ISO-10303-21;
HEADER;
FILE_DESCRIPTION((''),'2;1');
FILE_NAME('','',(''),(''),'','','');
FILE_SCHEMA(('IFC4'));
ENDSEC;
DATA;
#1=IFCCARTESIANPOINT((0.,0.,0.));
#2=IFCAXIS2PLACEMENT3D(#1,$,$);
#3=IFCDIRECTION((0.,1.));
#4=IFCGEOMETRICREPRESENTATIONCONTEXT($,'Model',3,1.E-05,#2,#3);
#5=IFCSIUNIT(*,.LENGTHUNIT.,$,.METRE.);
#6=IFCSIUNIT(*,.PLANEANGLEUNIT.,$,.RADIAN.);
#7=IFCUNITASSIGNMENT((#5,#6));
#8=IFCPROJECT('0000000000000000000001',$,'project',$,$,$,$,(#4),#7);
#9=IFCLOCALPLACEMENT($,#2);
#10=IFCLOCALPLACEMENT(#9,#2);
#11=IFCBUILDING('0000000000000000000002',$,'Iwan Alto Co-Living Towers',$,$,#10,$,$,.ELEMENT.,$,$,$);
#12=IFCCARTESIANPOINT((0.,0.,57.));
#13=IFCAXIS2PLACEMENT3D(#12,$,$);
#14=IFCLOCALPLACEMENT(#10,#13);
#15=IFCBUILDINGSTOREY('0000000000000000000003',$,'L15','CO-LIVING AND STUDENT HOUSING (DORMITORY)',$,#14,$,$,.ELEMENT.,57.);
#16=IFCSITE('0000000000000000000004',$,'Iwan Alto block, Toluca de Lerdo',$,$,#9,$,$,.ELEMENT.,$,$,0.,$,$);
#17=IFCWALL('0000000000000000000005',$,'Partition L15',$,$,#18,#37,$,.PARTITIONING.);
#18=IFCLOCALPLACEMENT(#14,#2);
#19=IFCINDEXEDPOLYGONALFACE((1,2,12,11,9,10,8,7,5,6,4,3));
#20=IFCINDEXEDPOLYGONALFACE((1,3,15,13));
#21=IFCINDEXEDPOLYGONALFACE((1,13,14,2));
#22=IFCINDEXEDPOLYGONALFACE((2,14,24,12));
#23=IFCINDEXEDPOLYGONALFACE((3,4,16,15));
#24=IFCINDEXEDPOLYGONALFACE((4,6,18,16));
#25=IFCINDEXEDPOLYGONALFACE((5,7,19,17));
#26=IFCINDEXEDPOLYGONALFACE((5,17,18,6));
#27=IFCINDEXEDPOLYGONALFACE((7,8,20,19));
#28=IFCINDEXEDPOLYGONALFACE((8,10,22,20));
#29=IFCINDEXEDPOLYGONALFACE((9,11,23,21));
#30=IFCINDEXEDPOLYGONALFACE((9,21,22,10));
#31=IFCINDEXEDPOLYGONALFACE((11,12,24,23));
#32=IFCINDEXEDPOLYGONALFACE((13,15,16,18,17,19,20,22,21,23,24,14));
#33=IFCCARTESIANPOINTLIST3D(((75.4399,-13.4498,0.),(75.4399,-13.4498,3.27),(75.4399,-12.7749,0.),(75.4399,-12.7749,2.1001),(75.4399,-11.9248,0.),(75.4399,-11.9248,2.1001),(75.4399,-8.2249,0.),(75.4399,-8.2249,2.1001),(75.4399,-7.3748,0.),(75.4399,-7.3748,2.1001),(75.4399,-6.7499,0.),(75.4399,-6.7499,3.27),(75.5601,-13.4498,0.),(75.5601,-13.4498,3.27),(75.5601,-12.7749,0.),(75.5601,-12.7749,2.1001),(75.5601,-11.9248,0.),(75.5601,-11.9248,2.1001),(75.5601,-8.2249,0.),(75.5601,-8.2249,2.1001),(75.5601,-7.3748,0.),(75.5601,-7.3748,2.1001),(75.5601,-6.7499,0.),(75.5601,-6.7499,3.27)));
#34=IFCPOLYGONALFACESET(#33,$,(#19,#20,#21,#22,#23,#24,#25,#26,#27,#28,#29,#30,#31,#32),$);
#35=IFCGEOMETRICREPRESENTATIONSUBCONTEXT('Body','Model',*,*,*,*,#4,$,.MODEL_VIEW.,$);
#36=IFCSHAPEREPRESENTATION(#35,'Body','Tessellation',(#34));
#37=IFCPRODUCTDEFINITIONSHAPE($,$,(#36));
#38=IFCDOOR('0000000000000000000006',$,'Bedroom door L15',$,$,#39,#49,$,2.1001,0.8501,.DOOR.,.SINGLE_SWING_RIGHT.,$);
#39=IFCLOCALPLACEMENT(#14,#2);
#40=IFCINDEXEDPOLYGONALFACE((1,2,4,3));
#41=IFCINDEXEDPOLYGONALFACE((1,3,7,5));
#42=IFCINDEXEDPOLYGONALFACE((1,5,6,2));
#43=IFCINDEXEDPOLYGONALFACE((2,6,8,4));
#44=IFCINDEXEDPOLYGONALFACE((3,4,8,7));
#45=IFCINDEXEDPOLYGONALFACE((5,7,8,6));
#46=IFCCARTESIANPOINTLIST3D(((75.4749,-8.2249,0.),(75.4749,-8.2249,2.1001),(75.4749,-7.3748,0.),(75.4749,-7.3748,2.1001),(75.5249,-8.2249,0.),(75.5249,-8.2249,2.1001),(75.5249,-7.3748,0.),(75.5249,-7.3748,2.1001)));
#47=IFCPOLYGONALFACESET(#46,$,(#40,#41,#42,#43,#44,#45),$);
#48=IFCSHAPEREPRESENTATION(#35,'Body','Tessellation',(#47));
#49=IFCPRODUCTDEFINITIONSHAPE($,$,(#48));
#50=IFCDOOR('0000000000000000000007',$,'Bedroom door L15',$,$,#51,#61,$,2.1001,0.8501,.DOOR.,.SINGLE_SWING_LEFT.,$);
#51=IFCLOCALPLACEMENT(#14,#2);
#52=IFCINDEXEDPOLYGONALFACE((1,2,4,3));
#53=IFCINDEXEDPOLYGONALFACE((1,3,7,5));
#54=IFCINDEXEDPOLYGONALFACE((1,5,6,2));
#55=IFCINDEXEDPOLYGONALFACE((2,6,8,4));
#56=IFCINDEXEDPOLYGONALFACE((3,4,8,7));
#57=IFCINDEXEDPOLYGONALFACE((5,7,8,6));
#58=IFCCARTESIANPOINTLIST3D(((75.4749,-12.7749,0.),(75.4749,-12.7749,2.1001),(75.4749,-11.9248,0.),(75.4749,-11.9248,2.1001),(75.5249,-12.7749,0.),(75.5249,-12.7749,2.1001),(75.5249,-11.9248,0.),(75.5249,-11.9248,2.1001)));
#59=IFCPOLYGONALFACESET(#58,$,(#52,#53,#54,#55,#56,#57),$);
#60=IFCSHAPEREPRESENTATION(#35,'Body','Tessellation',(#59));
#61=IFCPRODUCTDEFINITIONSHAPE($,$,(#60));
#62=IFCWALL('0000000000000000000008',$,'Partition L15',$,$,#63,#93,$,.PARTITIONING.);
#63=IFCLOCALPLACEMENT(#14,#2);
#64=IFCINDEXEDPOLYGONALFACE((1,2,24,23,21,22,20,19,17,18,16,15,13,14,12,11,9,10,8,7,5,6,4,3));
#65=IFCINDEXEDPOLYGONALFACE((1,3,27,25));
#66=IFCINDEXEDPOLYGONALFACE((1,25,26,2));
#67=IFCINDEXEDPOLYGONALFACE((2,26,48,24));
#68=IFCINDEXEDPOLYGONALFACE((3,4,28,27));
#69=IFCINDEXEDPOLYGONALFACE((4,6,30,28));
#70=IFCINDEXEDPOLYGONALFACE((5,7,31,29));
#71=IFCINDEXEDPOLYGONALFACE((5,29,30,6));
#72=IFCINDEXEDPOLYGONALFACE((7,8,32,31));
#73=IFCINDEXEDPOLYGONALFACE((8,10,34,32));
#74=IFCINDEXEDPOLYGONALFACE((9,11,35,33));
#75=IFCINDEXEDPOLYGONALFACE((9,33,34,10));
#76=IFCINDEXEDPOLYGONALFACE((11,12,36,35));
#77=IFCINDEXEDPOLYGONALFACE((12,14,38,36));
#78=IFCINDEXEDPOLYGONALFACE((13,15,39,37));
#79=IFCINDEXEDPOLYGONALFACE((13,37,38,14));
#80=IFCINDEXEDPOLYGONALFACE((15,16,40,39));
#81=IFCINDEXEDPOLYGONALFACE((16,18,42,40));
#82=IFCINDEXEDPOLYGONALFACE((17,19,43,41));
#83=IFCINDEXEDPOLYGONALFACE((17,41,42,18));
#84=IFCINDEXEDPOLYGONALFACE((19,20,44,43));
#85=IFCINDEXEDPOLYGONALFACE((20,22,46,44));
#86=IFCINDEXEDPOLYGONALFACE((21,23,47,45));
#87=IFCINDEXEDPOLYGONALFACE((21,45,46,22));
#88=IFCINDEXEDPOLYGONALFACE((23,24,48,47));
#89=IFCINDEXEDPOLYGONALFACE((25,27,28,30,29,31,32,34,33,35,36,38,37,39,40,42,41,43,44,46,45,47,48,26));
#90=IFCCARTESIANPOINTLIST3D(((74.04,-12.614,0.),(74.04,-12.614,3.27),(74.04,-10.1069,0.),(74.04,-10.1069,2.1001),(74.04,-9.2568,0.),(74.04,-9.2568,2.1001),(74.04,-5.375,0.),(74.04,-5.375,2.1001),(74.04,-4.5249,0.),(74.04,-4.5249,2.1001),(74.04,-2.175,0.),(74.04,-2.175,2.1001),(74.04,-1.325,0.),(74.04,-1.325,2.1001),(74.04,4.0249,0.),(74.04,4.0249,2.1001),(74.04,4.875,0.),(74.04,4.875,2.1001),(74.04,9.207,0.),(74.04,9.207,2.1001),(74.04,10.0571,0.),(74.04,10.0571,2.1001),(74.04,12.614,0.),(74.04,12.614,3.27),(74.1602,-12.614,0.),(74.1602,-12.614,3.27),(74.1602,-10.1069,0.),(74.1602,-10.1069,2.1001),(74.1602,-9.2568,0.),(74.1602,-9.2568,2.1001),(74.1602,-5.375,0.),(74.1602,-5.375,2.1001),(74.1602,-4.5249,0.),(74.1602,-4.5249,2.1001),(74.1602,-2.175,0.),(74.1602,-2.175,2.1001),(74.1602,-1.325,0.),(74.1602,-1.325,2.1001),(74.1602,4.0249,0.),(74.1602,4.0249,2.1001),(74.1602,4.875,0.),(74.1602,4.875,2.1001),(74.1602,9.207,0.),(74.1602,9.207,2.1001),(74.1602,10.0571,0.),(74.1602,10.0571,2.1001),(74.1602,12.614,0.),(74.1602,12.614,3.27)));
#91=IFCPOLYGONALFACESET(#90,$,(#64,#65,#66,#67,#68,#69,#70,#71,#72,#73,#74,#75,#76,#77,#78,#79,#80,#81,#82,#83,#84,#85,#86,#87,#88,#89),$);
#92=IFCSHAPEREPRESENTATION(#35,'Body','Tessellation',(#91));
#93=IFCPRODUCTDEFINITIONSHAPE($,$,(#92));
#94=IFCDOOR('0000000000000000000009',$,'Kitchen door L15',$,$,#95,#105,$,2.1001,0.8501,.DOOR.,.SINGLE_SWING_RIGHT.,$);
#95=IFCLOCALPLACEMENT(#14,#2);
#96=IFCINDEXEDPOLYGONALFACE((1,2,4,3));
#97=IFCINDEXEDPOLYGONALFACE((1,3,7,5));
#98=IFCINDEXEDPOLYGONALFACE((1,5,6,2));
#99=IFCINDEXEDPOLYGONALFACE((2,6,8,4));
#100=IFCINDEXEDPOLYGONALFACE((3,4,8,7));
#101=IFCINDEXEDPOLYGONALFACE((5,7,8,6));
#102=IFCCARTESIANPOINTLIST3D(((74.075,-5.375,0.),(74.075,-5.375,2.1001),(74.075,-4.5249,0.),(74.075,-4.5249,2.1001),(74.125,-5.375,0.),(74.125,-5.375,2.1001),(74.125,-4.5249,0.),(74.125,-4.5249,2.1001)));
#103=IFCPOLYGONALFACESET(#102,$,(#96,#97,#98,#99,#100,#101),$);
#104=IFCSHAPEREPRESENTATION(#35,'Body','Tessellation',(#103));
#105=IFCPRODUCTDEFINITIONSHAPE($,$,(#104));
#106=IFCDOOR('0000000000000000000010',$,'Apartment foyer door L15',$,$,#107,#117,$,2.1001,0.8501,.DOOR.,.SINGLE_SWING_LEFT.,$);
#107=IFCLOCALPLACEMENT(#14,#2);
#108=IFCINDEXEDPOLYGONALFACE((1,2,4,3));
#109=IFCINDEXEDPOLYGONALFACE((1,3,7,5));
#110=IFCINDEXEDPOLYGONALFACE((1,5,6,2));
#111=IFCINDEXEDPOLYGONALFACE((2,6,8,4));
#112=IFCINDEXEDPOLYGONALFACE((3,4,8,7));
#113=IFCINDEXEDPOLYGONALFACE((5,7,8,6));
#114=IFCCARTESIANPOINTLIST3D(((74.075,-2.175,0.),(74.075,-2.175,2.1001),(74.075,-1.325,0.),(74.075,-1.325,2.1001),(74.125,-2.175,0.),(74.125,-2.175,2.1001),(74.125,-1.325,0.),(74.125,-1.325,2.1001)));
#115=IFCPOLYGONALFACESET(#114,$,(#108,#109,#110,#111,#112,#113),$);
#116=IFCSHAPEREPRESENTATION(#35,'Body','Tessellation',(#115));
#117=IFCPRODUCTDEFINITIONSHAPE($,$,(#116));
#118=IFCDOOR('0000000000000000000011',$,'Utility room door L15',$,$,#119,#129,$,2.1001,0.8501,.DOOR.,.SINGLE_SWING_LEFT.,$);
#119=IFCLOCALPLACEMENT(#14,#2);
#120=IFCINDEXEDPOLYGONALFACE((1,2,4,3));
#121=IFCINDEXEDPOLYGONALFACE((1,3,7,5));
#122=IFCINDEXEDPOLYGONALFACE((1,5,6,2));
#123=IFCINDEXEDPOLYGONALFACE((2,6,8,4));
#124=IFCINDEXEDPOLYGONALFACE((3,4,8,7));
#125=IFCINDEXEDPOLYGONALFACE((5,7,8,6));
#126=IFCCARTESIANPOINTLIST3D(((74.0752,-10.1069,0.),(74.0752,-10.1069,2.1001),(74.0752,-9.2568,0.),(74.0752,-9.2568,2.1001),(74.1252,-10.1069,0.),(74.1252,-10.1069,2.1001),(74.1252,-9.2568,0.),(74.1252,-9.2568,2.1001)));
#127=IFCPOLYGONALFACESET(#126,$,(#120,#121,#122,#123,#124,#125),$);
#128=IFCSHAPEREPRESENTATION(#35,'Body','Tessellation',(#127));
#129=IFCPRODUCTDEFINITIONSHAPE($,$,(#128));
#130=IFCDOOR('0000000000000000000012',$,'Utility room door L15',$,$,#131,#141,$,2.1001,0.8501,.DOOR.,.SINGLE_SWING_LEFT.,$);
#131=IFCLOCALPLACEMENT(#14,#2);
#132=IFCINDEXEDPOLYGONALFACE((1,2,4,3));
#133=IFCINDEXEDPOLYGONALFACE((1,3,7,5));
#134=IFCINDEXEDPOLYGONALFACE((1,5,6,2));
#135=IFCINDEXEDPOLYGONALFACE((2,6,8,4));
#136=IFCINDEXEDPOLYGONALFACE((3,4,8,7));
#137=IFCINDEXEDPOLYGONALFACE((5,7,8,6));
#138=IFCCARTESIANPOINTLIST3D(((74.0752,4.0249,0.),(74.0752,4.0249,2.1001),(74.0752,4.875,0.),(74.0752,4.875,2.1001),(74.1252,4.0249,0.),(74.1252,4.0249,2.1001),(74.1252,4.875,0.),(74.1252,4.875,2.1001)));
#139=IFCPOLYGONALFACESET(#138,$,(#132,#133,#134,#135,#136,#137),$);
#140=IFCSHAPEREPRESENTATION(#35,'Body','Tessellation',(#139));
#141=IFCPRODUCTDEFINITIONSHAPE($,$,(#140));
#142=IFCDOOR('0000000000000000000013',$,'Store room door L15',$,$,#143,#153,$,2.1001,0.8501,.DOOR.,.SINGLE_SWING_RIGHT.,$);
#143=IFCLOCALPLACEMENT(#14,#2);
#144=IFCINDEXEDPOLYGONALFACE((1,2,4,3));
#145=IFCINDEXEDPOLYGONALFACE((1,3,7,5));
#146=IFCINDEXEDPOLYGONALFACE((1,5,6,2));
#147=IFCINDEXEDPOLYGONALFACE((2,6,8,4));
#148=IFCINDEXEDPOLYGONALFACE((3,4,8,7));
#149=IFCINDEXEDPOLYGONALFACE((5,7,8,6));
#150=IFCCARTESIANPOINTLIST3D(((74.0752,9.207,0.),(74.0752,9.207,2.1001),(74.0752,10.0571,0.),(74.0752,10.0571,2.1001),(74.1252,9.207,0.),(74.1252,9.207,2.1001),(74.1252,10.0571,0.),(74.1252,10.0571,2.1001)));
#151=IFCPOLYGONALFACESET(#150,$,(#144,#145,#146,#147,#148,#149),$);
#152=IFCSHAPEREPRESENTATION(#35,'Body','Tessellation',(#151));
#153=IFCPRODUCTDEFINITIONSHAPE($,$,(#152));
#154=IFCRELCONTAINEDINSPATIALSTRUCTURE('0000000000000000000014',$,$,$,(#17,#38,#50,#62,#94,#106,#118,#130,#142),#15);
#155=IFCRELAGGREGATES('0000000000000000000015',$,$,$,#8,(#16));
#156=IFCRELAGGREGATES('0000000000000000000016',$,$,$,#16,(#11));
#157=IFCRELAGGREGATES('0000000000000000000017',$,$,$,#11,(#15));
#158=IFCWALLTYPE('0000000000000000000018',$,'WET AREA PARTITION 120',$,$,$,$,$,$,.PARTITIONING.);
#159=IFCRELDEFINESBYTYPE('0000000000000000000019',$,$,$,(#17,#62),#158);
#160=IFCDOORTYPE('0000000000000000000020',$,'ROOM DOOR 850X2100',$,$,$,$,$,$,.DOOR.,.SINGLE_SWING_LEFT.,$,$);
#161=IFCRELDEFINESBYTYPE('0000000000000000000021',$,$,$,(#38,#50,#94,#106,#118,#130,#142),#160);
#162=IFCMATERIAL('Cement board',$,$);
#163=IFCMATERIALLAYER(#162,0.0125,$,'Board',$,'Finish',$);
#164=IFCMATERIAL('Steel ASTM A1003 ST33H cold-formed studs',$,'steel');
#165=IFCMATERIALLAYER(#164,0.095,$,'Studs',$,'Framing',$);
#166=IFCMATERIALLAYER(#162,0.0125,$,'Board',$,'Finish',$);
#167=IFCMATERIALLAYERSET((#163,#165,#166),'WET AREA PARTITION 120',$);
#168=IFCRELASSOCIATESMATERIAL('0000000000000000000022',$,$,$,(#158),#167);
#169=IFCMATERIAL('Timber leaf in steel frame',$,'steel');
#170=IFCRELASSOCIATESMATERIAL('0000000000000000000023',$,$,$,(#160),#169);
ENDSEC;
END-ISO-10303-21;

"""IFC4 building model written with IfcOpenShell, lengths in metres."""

from ifc_helpers import new_model, si_unit, direction, frame, frame_2d, origin, place, context, subcontext, project, spatial, rectangle, extrude, material, layer, layer_set, type_object, element, fill, save


model = new_model("IFC4")

# Units and contexts
model_context = context("Model", 3, precision=1e-05, world=origin(), true_north=direction((0.0, 1.0)))
body_context = subcontext(model_context, "Body", "Model", "MODEL_VIEW")
ifc_project = project(units=[si_unit("LENGTHUNIT", "METRE"), si_unit("PLANEANGLEUNIT", "RADIAN")], contexts=[model_context])

# Site, building, storey
site_placement = place(None, origin())
site = spatial("IfcSite", under=ifc_project, at=site_placement, Name="Iwan Alto block, Toluca de Lerdo", CompositionType="ELEMENT", RefElevation=0.0)
building_placement = place(site_placement, origin())
building = spatial("IfcBuilding", under=site, at=building_placement, Name="Iwan Alto Co-Living Towers", CompositionType="ELEMENT")
storey_placement = place(building_placement, frame((0.0, 0.0, 57.0)))
storey = spatial("IfcBuildingStorey", under=building, at=storey_placement, Name="L15", Description="CO-LIVING AND STUDENT HOUSING (DORMITORY)", CompositionType="ELEMENT", Elevation=57.0)

# Shared definitions
ifc_material_1 = material(Name="Steel ASTM A1003 ST33H cold-formed studs", Category="steel")
ifc_material_2 = material(Name="Cement board")
ifc_layer_1 = layer(ifc_material_2, 0.0125, Name="Board", Category="Finish")
ifc_layer_2 = layer(ifc_material_1, 0.095, Name="Studs", Category="Framing")
ifc_layer_3 = layer(ifc_material_2, 0.0125, Name="Board", Category="Finish")
ifc_layer_set_1 = layer_set([ifc_layer_1, ifc_layer_2, ifc_layer_3], Name="WET AREA PARTITION 120")
wall_type_1 = type_object("IfcWallType", Name="WET AREA PARTITION 120", PredefinedType="PARTITIONING", material=ifc_layer_set_1)

# Shared definitions
ifc_material_3 = material(Name="Timber leaf in steel frame", Category="steel")
door_type = type_object("IfcDoorType", Name="ROOM DOOR 850X2100", OperationType="SINGLE_SWING_LEFT", PredefinedType="DOOR", material=ifc_material_3)

# Walls, openings, doors
wall_1_placement = place(storey_placement, frame((75.5, -13.45, 0.0), z_axis=(0.0, 0.0, 1.0), x_axis=(0.0, 1.0, 0.0)))
wall_1 = element("IfcWall", 1, at=wall_1_placement, inside=storey, type_object=wall_type_1, Name="Partition L15", PredefinedType="PARTITIONING", context=body_context, shape_type="SweptSolid", body=[
    extrude(rectangle(XDim=6.7, YDim=0.1201, at=frame_2d((3.3501, 0.0))), origin(), (0.0, 0.0, 1.0), 3.27),
])
opening_1_placement = place(wall_1_placement, frame((5.2251, 0.0, 0.0)))
opening_1 = element("IfcOpeningElement", 2, at=opening_1_placement, cuts=wall_1, PredefinedType="OPENING", context=body_context, shape_type="SweptSolid", body=[
    extrude(rectangle(XDim=0.8501, YDim=2.1001, at=frame_2d((0.425, 1.05))), frame((0.0, 0.0701, 0.0), z_axis=(0.0, -1.0, 0.0), x_axis=(1.0, 0.0, 0.0)), (0.0, 0.0, 1.0), 0.1401),
])
opening_2_placement = place(wall_1_placement, frame((0.675, 0.0, 0.0)))
opening_2 = element("IfcOpeningElement", 3, at=opening_2_placement, cuts=wall_1, PredefinedType="OPENING", context=body_context, shape_type="SweptSolid", body=[
    extrude(rectangle(XDim=0.8501, YDim=2.1001, at=frame_2d((0.425, 1.05))), frame((0.0, 0.0701, 0.0), z_axis=(0.0, -1.0, 0.0), x_axis=(1.0, 0.0, 0.0)), (0.0, 0.0, 1.0), 0.1401),
])
door_1_placement = place(opening_1_placement, frame((0.8501, 0.0, 0.0), z_axis=(0.0, 0.0, 1.0), x_axis=(-1.0, 0.0, 0.0)))
door_1 = element("IfcDoor", 4, at=door_1_placement, inside=storey, type_object=door_type, Name="Bedroom door L15", OperationType="SINGLE_SWING_RIGHT", OverallHeight=2.1001, OverallWidth=0.8501, PredefinedType="DOOR", context=body_context, shape_type="SweptSolid", body=[
    extrude(rectangle(XDim=0.8501, YDim=2.1001, at=frame_2d((0.425, 1.05))), frame((0.0, 0.0249, 0.0), z_axis=(0.0, -1.0, 0.0), x_axis=(1.0, 0.0, 0.0)), (0.0, 0.0, 1.0), 0.05),
])
fill(opening_1, door_1)
door_2_placement = place(opening_2_placement, frame((0.8501, 0.0, 0.0), z_axis=(0.0, 0.0, 1.0), x_axis=(-1.0, 0.0, 0.0)))
door_2 = element("IfcDoor", 5, at=door_2_placement, inside=storey, type_object=door_type, Name="Bedroom door L15", OperationType="SINGLE_SWING_LEFT", OverallHeight=2.1001, OverallWidth=0.8501, PredefinedType="DOOR", context=body_context, shape_type="SweptSolid", body=[
    extrude(rectangle(XDim=0.8501, YDim=2.1001, at=frame_2d((0.425, 1.05))), frame((0.0, 0.0249, 0.0), z_axis=(0.0, -1.0, 0.0), x_axis=(1.0, 0.0, 0.0)), (0.0, 0.0, 1.0), 0.05),
])
fill(opening_2, door_2)
wall_2_placement = place(storey_placement, frame((74.1001, -12.614, 0.0), z_axis=(0.0, 0.0, 1.0), x_axis=(0.0, 1.0, 0.0)))
wall_2 = element("IfcWall", 6, at=wall_2_placement, inside=storey, type_object=wall_type_1, Name="Partition L15", PredefinedType="PARTITIONING", context=body_context, shape_type="SweptSolid", body=[
    extrude(rectangle(XDim=25.228, YDim=0.1201, at=frame_2d((12.614, 0.0))), origin(), (0.0, 0.0, 1.0), 3.27),
])
opening_3_placement = place(wall_2_placement, frame((7.239, 0.0, 0.0)))
opening_3 = element("IfcOpeningElement", 7, at=opening_3_placement, cuts=wall_2, PredefinedType="OPENING", context=body_context, shape_type="SweptSolid", body=[
    extrude(rectangle(XDim=0.8501, YDim=2.1001, at=frame_2d((0.425, 1.05))), frame((0.0, 0.0701, 0.0), z_axis=(0.0, -1.0, 0.0), x_axis=(1.0, 0.0, 0.0)), (0.0, 0.0, 1.0), 0.1401),
])
opening_4_placement = place(wall_2_placement, frame((10.439, 0.0, 0.0)))
opening_4 = element("IfcOpeningElement", 8, at=opening_4_placement, cuts=wall_2, PredefinedType="OPENING", context=body_context, shape_type="SweptSolid", body=[
    extrude(rectangle(XDim=0.8501, YDim=2.1001, at=frame_2d((0.425, 1.05))), frame((0.0, 0.0701, 0.0), z_axis=(0.0, -1.0, 0.0), x_axis=(1.0, 0.0, 0.0)), (0.0, 0.0, 1.0), 0.1401),
])
opening_5_placement = place(wall_2_placement, frame((2.5071, 0.0, 0.0)))
opening_5 = element("IfcOpeningElement", 9, at=opening_5_placement, cuts=wall_2, PredefinedType="OPENING", context=body_context, shape_type="SweptSolid", body=[
    extrude(rectangle(XDim=0.8501, YDim=2.1001, at=frame_2d((0.425, 1.05))), frame((0.0, 0.0701, 0.0), z_axis=(0.0, -1.0, 0.0), x_axis=(1.0, 0.0, 0.0)), (0.0, 0.0, 1.0), 0.1401),
])
opening_6_placement = place(wall_2_placement, frame((16.6389, 0.0, 0.0)))
opening_6 = element("IfcOpeningElement", 10, at=opening_6_placement, cuts=wall_2, PredefinedType="OPENING", context=body_context, shape_type="SweptSolid", body=[
    extrude(rectangle(XDim=0.8501, YDim=2.1001, at=frame_2d((0.425, 1.05))), frame((0.0, 0.0701, 0.0), z_axis=(0.0, -1.0, 0.0), x_axis=(1.0, 0.0, 0.0)), (0.0, 0.0, 1.0), 0.1401),
])
opening_7_placement = place(wall_2_placement, frame((21.821, 0.0, 0.0)))
opening_7 = element("IfcOpeningElement", 11, at=opening_7_placement, cuts=wall_2, PredefinedType="OPENING", context=body_context, shape_type="SweptSolid", body=[
    extrude(rectangle(XDim=0.8501, YDim=2.1001, at=frame_2d((0.425, 1.05))), frame((0.0, 0.0701, 0.0), z_axis=(0.0, -1.0, 0.0), x_axis=(1.0, 0.0, 0.0)), (0.0, 0.0, 1.0), 0.1401),
])
door_3_placement = place(opening_3_placement, frame((0.8501, 0.0, 0.0), z_axis=(0.0, 0.0, 1.0), x_axis=(-1.0, 0.0, 0.0)))
door_3 = element("IfcDoor", 12, at=door_3_placement, inside=storey, type_object=door_type, Name="Kitchen door L15", OperationType="SINGLE_SWING_RIGHT", OverallHeight=2.1001, OverallWidth=0.8501, PredefinedType="DOOR", context=body_context, shape_type="SweptSolid", body=[
    extrude(rectangle(XDim=0.8501, YDim=2.1001, at=frame_2d((0.425, 1.05))), frame((0.0, 0.0249, 0.0), z_axis=(0.0, -1.0, 0.0), x_axis=(1.0, 0.0, 0.0)), (0.0, 0.0, 1.0), 0.05),
])
fill(opening_3, door_3)
door_4_placement = place(opening_4_placement, frame((0.8501, 0.0, 0.0), z_axis=(0.0, 0.0, 1.0), x_axis=(-1.0, 0.0, 0.0)))
door_4 = element("IfcDoor", 13, at=door_4_placement, inside=storey, type_object=door_type, Name="Apartment foyer door L15", OperationType="SINGLE_SWING_LEFT", OverallHeight=2.1001, OverallWidth=0.8501, PredefinedType="DOOR", context=body_context, shape_type="SweptSolid", body=[
    extrude(rectangle(XDim=0.8501, YDim=2.1001, at=frame_2d((0.425, 1.05))), frame((0.0, 0.0249, 0.0), z_axis=(0.0, -1.0, 0.0), x_axis=(1.0, 0.0, 0.0)), (0.0, 0.0, 1.0), 0.05),
])
fill(opening_4, door_4)
door_5_placement = place(opening_5_placement, origin())
door_5 = element("IfcDoor", 14, at=door_5_placement, inside=storey, type_object=door_type, Name="Utility room door L15", OperationType="SINGLE_SWING_LEFT", OverallHeight=2.1001, OverallWidth=0.8501, PredefinedType="DOOR", context=body_context, shape_type="SweptSolid", body=[
    extrude(rectangle(XDim=0.8501, YDim=2.1001, at=frame_2d((0.425, 1.05))), frame((0.0, 0.0249, 0.0), z_axis=(0.0, -1.0, 0.0), x_axis=(1.0, 0.0, 0.0)), (0.0, 0.0, 1.0), 0.05),
])
fill(opening_5, door_5)
door_6_placement = place(opening_6_placement, origin())
door_6 = element("IfcDoor", 15, at=door_6_placement, inside=storey, type_object=door_type, Name="Utility room door L15", OperationType="SINGLE_SWING_LEFT", OverallHeight=2.1001, OverallWidth=0.8501, PredefinedType="DOOR", context=body_context, shape_type="SweptSolid", body=[
    extrude(rectangle(XDim=0.8501, YDim=2.1001, at=frame_2d((0.425, 1.05))), frame((0.0, 0.0249, 0.0), z_axis=(0.0, -1.0, 0.0), x_axis=(1.0, 0.0, 0.0)), (0.0, 0.0, 1.0), 0.05),
])
fill(opening_6, door_6)
door_7_placement = place(opening_7_placement, origin())
door_7 = element("IfcDoor", 16, at=door_7_placement, inside=storey, type_object=door_type, Name="Store room door L15", OperationType="SINGLE_SWING_RIGHT", OverallHeight=2.1001, OverallWidth=0.8501, PredefinedType="DOOR", context=body_context, shape_type="SweptSolid", body=[
    extrude(rectangle(XDim=0.8501, YDim=2.1001, at=frame_2d((0.425, 1.05))), frame((0.0, 0.0249, 0.0), z_axis=(0.0, -1.0, 0.0), x_axis=(1.0, 0.0, 0.0)), (0.0, 0.0, 1.0), 0.05),
])
fill(opening_7, door_7)

save(model, "model.ifc")
